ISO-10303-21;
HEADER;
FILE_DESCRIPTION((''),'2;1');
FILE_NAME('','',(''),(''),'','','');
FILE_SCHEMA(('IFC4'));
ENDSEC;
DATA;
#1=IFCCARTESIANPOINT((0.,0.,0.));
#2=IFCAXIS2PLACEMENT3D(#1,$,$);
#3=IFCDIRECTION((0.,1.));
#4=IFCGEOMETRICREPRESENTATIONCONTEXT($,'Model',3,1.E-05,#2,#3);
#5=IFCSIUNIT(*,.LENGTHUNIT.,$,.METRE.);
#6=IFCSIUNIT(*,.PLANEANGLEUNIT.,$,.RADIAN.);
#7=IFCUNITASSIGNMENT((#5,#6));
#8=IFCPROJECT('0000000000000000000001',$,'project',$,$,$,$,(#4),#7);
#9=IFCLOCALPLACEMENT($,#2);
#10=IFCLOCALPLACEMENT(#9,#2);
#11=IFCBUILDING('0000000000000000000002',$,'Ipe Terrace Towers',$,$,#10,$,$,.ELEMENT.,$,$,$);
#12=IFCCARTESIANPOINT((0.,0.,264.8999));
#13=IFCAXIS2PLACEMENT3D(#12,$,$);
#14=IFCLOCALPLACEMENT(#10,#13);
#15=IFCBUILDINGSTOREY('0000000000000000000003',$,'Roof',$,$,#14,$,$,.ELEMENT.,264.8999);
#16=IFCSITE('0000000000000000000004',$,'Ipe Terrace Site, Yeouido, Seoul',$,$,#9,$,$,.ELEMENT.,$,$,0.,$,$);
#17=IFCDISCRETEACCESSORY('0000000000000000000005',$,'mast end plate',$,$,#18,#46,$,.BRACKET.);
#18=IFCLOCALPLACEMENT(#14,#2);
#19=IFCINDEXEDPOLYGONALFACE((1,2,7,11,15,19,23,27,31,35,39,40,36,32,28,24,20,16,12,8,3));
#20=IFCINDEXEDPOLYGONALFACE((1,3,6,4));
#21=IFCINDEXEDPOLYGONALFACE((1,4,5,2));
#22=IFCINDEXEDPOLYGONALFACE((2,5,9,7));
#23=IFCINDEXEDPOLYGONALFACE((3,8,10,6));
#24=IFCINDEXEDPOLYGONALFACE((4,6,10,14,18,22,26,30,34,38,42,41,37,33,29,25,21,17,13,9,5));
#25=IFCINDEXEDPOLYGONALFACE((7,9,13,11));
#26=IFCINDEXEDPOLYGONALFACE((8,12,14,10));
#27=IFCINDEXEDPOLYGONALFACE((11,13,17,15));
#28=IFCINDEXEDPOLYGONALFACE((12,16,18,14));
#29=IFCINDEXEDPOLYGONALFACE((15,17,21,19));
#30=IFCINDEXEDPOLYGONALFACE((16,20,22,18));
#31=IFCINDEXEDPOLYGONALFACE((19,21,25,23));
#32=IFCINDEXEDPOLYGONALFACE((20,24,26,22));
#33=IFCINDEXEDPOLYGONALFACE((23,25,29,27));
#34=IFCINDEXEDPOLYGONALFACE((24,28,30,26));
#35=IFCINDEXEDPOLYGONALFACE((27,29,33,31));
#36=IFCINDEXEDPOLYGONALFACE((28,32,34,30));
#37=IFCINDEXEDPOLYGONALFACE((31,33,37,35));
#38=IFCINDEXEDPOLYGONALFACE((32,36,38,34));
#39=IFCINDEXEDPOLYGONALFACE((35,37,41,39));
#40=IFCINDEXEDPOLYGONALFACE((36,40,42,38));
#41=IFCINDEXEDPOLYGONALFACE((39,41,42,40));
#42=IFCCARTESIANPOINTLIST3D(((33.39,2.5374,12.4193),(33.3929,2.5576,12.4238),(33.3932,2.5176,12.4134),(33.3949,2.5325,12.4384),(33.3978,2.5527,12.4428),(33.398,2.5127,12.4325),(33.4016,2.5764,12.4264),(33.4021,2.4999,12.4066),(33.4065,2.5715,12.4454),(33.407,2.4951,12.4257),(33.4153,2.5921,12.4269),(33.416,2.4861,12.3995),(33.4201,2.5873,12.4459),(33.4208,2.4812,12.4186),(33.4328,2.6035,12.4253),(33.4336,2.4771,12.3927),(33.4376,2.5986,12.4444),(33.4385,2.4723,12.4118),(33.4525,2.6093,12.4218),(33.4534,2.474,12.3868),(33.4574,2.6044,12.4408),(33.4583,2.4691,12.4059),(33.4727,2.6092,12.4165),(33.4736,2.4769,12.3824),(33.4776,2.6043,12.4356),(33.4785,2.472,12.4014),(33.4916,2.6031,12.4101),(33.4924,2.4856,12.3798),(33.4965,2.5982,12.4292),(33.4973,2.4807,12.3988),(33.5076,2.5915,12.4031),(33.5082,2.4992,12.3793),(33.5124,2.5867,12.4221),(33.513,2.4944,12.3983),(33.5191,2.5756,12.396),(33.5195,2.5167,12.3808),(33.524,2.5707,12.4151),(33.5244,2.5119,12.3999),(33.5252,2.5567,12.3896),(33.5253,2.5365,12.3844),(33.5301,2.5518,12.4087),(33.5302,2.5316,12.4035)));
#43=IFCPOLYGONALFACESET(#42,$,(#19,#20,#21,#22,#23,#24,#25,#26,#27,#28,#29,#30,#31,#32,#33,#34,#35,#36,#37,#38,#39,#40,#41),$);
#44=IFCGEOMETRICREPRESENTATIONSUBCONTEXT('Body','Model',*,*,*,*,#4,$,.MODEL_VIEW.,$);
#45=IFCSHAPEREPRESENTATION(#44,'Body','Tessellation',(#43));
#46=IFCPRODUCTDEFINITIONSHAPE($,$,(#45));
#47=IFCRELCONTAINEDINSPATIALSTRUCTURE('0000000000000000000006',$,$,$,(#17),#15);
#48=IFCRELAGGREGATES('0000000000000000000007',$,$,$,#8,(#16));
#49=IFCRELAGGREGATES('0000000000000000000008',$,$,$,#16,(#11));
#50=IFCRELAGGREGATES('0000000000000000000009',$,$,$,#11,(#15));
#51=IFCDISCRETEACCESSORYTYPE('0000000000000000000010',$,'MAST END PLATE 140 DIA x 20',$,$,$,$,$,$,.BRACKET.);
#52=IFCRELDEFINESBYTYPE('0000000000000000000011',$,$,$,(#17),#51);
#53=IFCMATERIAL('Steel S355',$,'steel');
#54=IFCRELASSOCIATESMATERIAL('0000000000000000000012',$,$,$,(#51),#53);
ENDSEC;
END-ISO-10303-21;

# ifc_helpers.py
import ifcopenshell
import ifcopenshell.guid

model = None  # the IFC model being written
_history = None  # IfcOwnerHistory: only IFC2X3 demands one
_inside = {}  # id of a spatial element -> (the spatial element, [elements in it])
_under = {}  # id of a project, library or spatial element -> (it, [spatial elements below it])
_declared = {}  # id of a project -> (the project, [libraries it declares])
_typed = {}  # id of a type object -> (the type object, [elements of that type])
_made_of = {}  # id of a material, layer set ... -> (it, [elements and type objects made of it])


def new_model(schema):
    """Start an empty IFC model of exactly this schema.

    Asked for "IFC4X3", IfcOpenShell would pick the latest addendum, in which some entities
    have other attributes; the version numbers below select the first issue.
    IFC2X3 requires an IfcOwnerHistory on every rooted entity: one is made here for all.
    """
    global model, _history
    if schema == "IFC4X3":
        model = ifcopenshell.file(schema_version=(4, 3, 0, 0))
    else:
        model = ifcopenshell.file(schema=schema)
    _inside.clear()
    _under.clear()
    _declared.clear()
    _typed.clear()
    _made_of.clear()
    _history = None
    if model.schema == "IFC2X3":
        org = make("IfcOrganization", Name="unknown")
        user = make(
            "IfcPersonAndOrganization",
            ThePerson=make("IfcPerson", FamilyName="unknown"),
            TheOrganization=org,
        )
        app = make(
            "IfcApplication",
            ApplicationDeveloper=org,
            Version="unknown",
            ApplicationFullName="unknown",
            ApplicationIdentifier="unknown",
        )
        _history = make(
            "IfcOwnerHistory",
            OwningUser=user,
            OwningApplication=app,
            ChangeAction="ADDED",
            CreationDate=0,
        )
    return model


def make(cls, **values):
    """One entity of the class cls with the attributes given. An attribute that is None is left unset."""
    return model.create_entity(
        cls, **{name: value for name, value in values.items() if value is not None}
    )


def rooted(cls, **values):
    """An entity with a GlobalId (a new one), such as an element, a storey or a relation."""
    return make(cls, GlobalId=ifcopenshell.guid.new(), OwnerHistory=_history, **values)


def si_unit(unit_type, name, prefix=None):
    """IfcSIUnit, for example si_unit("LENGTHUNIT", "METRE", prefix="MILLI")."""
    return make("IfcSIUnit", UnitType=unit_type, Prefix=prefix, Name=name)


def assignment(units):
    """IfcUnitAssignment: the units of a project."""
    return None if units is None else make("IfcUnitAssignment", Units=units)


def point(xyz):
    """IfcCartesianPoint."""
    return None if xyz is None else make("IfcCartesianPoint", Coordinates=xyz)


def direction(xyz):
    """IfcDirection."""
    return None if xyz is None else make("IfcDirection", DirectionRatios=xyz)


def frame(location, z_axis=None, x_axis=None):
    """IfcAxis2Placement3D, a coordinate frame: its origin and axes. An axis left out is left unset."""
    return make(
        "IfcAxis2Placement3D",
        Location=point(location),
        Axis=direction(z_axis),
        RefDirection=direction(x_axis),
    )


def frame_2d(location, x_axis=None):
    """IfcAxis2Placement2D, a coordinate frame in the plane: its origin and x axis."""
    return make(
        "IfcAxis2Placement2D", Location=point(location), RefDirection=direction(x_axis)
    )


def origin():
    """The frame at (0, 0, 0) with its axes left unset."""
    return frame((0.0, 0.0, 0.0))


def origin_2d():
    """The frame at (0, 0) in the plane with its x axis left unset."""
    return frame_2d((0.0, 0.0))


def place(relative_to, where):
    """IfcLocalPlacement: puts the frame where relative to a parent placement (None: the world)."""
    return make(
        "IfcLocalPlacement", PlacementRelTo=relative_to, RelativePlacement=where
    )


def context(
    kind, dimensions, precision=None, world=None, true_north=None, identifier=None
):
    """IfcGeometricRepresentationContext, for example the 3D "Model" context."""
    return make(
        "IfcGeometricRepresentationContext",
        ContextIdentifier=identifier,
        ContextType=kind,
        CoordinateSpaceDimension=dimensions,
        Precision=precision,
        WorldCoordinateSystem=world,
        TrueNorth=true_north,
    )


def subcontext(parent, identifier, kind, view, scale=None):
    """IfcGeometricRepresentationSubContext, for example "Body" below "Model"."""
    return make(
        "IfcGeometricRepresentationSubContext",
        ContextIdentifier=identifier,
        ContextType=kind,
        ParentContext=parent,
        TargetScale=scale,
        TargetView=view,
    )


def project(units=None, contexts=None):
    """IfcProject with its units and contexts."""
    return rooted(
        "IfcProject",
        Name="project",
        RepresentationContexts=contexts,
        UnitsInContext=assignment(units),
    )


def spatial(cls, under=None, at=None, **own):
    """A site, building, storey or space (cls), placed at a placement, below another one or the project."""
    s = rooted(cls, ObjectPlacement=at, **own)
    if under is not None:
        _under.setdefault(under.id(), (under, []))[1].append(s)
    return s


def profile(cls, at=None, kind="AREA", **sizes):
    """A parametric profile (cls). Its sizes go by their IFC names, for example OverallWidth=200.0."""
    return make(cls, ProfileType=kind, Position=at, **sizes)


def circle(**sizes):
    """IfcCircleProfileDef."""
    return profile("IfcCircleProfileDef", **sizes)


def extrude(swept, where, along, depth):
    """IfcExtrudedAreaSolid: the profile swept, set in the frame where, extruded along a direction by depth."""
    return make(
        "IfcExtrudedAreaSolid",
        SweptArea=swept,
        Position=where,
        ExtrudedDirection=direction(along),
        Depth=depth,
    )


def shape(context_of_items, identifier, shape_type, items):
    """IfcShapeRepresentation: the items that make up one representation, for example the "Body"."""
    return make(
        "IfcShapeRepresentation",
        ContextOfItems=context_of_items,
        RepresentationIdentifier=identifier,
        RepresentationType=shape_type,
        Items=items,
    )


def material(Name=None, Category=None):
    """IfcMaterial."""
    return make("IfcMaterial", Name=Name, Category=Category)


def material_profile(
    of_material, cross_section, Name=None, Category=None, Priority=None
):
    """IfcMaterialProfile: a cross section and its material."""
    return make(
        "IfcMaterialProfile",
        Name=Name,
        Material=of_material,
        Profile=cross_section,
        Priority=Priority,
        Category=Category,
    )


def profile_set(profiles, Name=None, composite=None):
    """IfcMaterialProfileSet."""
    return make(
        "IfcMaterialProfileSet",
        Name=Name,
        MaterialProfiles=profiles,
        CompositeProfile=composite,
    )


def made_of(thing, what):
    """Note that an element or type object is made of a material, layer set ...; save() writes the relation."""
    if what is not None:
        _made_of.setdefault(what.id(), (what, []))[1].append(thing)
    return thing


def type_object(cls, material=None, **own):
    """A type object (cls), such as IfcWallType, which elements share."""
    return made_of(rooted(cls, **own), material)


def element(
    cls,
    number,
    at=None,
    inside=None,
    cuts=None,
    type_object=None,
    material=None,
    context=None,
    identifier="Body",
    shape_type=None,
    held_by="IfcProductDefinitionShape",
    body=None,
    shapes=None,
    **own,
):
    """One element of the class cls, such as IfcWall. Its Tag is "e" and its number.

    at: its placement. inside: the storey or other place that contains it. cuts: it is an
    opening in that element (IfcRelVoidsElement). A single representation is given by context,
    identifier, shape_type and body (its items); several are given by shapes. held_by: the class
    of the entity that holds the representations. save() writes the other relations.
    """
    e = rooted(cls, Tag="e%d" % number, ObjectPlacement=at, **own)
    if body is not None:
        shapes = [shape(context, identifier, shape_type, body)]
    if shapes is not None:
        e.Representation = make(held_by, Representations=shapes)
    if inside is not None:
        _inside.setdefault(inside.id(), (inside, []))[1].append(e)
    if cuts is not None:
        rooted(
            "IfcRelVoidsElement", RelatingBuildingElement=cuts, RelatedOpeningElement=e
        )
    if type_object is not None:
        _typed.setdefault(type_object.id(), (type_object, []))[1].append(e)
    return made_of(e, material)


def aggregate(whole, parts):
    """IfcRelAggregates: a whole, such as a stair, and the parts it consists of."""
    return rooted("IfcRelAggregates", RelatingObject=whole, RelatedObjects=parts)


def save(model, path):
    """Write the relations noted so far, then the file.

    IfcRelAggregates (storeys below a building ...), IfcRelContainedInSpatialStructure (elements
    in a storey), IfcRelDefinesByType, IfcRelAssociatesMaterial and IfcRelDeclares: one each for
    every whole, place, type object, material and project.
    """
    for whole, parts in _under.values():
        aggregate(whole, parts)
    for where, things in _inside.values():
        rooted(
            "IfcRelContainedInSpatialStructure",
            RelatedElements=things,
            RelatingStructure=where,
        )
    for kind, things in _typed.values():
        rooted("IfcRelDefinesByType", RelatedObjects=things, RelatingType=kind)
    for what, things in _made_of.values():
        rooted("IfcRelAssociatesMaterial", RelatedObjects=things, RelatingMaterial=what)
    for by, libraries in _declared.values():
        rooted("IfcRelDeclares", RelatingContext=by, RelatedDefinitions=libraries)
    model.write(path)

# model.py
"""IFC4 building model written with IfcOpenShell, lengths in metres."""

from ifc_helpers import new_model, si_unit, direction, frame, origin, origin_2d, place, context, subcontext, project, spatial, circle, extrude, material, material_profile, profile_set, type_object, element, save


model = new_model("IFC4")

# Units and contexts
model_context = context("Model", 3, precision=1e-05, world=origin(), true_north=direction((0.0, 1.0)))
body_context = subcontext(model_context, "Body", "Model", "MODEL_VIEW")
ifc_project = project(units=[si_unit("LENGTHUNIT", "METRE"), si_unit("PLANEANGLEUNIT", "RADIAN")], contexts=[model_context])

# Site, building, storey
site_placement = place(None, origin())
site = spatial("IfcSite", under=ifc_project, at=site_placement, Name="Ipe Terrace Site, Yeouido, Seoul", CompositionType="ELEMENT", RefElevation=0.0)
building_placement = place(site_placement, origin())
building = spatial("IfcBuilding", under=site, at=building_placement, Name="Ipe Terrace Towers", CompositionType="ELEMENT")
storey_placement = place(building_placement, frame((0.0, 0.0, 264.8999)))
storey = spatial("IfcBuildingStorey", under=building, at=storey_placement, Name="Roof", CompositionType="ELEMENT", Elevation=264.8999)

# Discrete accessory
ifc_material_1 = material(Name="Steel S355", Category="steel")
ifc_material_profile_1 = material_profile(ifc_material_1, circle(Radius=0.0701, at=origin_2d()), Name="MAST END PLATE 140 DIA x 20")
ifc_profile_set_1 = profile_set([ifc_material_profile_1], Name="Steel S355")
discrete_accessory_type_1 = type_object("IfcDiscreteAccessoryType", Name="MAST END PLATE 140 DIA x 20", PredefinedType="BRACKET", material=ifc_profile_set_1)
discrete_accessory_1_placement = place(storey_placement, frame((33.458, 2.542, 12.4031), z_axis=(0.241051, -0.241051, 0.9401), x_axis=(0.707107, 0.707107, 0.0)))
element("IfcDiscreteAccessory", 1, at=discrete_accessory_1_placement, inside=storey, type_object=discrete_accessory_type_1, Name="mast end plate", PredefinedType="BRACKET", context=body_context, shape_type="SweptSolid", body=[
    extrude(circle(Radius=0.0701, at=origin_2d()), origin(), (0.0, 0.0, 1.0), 0.0203),
])

save(model, "model.ifc")
